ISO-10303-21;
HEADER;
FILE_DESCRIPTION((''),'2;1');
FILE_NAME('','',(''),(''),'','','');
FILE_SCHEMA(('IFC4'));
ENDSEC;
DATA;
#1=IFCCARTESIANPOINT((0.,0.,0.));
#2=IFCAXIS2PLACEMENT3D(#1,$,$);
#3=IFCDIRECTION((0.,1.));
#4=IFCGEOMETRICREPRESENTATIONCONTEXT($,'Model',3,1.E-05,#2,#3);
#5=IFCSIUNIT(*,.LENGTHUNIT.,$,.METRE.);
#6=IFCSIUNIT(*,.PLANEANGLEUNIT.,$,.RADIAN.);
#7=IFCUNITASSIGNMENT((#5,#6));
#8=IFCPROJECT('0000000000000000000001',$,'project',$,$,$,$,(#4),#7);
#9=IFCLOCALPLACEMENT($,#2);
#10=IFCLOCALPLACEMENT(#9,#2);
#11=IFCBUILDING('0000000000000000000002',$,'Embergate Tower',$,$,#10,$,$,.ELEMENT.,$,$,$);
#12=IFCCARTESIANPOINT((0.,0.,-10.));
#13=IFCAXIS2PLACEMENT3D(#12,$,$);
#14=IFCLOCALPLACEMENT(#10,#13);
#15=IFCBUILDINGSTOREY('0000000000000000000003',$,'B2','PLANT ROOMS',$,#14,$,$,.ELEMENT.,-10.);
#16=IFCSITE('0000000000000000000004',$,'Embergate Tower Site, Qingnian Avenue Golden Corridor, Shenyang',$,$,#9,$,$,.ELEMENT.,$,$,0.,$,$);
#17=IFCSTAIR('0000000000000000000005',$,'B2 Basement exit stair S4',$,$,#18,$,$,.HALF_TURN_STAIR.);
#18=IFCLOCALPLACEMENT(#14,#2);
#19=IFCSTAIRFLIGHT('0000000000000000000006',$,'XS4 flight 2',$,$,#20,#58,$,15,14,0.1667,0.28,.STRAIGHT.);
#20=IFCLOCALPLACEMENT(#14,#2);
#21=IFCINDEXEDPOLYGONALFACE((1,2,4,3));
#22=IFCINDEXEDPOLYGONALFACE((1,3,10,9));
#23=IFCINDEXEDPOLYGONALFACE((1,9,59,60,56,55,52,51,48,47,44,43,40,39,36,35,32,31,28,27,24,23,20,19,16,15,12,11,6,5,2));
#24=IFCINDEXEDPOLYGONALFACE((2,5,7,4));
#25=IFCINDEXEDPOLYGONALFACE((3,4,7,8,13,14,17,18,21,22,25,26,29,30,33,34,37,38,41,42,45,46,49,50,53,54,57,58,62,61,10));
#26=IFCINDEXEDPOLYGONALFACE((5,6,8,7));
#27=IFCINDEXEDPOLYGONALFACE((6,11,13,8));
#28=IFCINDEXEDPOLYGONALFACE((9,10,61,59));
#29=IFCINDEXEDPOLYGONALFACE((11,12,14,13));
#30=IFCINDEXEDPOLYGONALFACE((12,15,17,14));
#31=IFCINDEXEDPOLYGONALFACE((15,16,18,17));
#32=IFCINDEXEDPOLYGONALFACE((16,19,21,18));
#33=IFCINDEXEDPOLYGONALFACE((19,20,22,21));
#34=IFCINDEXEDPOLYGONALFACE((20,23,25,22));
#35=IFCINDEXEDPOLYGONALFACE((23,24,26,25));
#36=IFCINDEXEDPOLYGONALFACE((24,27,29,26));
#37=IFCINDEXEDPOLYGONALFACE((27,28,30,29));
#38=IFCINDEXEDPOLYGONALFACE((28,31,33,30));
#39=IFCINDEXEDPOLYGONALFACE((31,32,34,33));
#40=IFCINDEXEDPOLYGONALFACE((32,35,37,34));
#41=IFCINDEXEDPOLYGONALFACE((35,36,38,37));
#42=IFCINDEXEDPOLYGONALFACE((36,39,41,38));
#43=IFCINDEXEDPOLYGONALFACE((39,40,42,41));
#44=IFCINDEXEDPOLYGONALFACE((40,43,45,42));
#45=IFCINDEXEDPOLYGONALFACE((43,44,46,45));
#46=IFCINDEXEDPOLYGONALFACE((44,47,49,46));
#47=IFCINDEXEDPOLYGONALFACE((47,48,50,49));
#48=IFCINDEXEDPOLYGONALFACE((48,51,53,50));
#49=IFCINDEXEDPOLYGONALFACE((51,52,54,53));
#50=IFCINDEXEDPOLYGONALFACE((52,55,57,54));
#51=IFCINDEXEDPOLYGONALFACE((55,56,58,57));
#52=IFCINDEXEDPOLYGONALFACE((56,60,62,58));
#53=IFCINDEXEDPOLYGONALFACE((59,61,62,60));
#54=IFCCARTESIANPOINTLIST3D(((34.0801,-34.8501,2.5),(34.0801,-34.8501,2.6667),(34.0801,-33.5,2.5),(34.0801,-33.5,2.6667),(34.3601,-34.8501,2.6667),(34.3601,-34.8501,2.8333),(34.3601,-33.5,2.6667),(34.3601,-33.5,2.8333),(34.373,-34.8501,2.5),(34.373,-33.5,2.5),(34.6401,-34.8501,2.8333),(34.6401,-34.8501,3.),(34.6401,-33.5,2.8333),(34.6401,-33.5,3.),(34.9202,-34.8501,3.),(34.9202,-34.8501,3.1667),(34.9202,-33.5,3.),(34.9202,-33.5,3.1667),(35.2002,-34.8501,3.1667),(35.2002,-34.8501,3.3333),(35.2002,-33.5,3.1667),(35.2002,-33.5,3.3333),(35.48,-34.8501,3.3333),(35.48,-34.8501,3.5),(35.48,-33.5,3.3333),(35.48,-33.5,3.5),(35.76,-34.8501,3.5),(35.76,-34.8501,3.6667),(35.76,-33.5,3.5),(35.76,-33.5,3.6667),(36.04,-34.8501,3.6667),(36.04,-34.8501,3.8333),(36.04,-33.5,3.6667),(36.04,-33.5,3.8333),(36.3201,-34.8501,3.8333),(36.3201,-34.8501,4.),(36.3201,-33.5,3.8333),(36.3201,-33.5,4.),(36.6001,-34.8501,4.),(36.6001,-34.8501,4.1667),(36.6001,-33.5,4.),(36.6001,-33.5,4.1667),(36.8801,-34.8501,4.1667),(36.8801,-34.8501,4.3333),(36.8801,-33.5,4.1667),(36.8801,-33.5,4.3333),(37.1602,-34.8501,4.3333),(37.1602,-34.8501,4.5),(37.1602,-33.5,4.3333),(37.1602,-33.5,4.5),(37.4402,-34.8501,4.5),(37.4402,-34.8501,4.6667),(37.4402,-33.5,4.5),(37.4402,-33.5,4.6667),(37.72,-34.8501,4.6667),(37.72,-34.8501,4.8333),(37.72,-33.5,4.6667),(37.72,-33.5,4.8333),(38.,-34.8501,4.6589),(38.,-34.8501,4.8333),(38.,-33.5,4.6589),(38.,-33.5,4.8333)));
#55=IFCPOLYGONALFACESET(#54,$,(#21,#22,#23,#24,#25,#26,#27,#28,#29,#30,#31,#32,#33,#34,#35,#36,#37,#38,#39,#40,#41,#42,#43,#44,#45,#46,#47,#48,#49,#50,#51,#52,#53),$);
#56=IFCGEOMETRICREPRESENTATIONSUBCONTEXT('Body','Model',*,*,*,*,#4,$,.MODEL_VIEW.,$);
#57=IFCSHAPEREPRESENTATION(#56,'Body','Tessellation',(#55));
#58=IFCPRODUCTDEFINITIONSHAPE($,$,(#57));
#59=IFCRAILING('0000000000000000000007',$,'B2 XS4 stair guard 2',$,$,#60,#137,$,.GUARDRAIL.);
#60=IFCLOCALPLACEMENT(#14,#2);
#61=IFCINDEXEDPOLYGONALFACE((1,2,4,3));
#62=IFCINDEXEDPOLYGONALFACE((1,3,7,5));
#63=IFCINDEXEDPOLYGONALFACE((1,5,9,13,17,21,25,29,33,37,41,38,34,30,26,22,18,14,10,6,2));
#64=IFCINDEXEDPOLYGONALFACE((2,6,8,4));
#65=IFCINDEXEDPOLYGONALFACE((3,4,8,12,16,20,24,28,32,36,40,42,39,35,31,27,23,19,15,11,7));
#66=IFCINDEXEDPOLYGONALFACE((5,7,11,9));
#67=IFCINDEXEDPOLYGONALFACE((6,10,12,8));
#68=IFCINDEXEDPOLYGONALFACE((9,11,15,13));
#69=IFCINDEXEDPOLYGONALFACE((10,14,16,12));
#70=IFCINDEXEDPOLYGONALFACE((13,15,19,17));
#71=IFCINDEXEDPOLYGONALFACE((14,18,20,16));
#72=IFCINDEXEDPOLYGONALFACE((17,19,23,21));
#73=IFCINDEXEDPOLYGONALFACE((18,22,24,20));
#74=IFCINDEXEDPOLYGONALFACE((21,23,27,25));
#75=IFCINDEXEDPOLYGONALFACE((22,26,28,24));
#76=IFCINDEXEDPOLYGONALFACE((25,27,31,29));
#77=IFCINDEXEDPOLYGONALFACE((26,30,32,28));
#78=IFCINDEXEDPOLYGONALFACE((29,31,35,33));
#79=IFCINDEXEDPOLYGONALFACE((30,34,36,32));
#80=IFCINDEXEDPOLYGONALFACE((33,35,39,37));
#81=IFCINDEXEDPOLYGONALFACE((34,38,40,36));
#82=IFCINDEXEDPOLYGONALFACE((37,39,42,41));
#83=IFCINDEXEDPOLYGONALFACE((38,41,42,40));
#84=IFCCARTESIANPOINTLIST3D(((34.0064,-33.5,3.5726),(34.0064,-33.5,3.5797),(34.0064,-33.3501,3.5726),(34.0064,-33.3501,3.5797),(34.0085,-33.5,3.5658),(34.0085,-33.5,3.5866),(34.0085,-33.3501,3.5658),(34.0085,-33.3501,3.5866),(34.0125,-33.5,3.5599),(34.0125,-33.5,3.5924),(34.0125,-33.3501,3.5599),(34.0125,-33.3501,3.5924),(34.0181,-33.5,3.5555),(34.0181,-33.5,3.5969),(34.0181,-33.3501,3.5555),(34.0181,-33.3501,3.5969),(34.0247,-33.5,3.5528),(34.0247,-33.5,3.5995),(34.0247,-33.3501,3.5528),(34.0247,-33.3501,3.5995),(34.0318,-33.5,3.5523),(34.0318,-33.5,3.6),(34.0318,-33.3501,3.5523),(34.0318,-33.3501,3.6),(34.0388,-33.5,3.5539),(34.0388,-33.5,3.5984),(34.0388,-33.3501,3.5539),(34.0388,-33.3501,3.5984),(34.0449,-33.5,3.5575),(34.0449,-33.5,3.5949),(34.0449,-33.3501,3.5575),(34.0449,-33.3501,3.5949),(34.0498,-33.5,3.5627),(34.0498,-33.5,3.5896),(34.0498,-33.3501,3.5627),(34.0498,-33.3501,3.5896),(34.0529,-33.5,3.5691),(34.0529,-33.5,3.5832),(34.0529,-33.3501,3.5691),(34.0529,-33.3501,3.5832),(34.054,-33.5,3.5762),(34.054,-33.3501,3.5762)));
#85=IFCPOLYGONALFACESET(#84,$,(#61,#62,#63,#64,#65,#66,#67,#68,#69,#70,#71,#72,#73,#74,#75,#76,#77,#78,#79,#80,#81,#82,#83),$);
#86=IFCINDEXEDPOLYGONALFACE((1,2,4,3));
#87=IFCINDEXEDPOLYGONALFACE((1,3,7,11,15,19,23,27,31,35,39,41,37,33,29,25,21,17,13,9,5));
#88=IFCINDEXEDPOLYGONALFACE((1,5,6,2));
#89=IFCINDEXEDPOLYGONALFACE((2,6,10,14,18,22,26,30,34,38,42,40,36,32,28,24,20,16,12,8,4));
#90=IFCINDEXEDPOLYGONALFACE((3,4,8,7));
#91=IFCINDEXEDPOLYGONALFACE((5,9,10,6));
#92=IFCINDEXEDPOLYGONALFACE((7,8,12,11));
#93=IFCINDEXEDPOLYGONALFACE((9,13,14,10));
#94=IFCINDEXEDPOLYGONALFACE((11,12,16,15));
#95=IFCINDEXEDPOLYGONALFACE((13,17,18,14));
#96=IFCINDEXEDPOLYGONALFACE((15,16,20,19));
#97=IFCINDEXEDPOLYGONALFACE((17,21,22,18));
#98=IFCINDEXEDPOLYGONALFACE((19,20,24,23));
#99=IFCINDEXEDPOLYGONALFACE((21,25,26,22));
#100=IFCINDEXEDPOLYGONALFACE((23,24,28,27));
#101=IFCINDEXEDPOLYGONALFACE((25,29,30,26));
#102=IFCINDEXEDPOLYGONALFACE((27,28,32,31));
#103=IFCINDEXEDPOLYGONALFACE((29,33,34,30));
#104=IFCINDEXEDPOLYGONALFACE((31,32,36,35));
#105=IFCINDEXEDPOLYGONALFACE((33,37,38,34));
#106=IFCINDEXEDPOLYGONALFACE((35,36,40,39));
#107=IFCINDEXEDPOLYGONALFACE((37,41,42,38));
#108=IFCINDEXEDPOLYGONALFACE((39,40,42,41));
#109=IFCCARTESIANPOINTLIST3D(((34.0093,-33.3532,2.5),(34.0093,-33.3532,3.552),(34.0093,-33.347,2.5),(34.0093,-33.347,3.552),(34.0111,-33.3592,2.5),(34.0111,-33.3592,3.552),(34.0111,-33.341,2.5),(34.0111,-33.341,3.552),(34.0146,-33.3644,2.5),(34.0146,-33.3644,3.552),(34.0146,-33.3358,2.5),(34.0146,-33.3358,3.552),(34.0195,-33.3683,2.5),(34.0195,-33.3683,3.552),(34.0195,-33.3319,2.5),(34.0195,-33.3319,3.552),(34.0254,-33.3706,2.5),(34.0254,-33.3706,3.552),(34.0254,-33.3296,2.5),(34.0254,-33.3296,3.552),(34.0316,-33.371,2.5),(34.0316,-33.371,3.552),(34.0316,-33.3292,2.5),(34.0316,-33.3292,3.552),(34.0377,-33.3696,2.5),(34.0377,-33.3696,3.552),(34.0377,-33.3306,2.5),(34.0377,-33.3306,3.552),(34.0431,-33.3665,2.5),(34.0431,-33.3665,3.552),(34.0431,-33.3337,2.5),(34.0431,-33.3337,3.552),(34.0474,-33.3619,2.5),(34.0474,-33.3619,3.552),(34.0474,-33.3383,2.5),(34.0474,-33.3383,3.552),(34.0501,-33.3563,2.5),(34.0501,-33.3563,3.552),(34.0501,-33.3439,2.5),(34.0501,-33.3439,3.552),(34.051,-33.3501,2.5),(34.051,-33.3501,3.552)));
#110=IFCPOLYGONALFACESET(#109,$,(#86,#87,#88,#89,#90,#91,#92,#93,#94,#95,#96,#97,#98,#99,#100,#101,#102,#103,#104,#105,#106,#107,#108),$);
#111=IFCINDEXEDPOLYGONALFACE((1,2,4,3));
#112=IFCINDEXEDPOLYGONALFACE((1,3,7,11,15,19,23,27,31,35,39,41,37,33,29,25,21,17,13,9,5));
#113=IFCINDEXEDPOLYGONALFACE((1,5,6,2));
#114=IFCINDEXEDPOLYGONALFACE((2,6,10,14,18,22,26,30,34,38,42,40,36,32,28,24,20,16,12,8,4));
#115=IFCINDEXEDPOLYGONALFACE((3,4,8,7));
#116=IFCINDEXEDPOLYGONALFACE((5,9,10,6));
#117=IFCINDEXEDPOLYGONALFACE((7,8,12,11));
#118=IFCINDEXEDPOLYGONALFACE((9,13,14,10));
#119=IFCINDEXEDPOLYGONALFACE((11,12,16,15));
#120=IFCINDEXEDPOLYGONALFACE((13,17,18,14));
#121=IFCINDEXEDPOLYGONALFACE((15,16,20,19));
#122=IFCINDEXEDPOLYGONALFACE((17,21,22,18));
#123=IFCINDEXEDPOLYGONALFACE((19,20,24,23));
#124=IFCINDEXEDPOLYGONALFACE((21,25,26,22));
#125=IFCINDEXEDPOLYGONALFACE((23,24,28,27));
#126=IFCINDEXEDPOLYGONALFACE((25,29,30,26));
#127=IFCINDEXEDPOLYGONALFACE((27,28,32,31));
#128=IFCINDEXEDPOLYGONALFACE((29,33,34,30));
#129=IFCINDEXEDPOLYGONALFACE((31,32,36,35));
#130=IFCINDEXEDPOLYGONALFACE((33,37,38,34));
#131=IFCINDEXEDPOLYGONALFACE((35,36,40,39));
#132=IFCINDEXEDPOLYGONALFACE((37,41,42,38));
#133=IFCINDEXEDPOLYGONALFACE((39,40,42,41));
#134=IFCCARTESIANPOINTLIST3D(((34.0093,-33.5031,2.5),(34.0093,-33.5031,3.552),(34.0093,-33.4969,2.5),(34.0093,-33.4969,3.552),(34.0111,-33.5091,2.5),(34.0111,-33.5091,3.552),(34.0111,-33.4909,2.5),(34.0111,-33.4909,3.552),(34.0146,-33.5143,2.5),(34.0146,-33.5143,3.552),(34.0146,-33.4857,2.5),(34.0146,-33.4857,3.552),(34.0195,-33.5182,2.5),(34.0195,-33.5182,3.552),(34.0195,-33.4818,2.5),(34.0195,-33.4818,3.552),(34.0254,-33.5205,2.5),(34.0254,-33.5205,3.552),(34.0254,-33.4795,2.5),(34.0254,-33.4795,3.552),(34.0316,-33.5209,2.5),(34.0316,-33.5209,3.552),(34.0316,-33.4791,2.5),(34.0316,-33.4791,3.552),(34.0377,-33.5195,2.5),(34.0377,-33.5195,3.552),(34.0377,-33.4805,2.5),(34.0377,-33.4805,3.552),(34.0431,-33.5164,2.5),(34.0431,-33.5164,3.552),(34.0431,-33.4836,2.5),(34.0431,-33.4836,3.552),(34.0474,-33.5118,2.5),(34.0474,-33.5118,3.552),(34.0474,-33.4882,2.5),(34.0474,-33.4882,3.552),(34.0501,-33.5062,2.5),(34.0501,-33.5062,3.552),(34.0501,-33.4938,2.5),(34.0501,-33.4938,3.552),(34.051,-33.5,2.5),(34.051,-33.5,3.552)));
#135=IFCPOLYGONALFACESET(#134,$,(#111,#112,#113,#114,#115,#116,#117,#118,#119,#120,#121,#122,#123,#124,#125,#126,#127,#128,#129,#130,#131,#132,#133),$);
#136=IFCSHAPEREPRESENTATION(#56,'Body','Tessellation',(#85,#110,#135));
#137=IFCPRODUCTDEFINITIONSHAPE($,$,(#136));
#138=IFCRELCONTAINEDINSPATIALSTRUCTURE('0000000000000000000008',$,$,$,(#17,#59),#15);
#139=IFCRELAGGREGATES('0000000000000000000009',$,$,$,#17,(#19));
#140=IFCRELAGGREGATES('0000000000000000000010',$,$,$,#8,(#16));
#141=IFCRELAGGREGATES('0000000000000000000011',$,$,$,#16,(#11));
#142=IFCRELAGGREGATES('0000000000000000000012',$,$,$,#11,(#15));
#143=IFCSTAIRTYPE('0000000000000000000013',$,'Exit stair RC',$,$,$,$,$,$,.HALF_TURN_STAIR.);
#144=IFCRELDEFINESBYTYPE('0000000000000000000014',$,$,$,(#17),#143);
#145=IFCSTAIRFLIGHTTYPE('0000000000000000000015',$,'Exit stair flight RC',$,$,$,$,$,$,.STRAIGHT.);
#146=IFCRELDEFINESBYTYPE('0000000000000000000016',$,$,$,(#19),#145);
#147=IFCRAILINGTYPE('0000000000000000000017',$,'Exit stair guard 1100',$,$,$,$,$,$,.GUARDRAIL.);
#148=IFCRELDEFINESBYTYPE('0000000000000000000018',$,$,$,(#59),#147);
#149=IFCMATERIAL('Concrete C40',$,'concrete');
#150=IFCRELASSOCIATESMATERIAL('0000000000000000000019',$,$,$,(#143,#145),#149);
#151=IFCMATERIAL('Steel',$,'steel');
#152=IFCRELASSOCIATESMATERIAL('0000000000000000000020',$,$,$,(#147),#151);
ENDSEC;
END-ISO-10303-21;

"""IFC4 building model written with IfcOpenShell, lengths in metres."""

from ifc_helpers import new_model, si_unit, direction, frame, origin, origin_2d, place, context, subcontext, project, spatial, polyline, circle, outline, extrude, source, transform, mapped, material, type_object, element, aggregate, save


model = new_model("IFC4")

# Units and contexts
model_context = context("Model", 3, precision=1e-05, world=origin(), true_north=direction((0.0, 1.0)))
body_context = subcontext(model_context, "Body", "Model", "MODEL_VIEW")
ifc_project = project(units=[si_unit("LENGTHUNIT", "METRE"), si_unit("PLANEANGLEUNIT", "RADIAN")], contexts=[model_context])

# Site, building, storey
site_placement = place(None, origin())
site = spatial("IfcSite", under=ifc_project, at=site_placement, Name="Embergate Tower Site, Qingnian Avenue Golden Corridor, Shenyang", CompositionType="ELEMENT", RefElevation=0.0)
building_placement = place(site_placement, origin())
building = spatial("IfcBuilding", under=site, at=building_placement, Name="Embergate Tower", CompositionType="ELEMENT")
storey_placement = place(building_placement, frame((0.0, 0.0, -10.0)))
storey = spatial("IfcBuildingStorey", under=building, at=storey_placement, Name="B2", Description="PLANT ROOMS", CompositionType="ELEMENT", Elevation=-10.0)

# Shared definitions
ifc_material_1 = material(Name="Concrete C40", Category="concrete")

# Stair
stair_type = type_object("IfcStairType", Name="Exit stair RC", PredefinedType="HALF_TURN_STAIR", material=ifc_material_1)
stair_placement = place(storey_placement, origin())
stair = element("IfcStair", 1, at=stair_placement, inside=storey, type_object=stair_type, Name="B2 Basement exit stair S4", PredefinedType="HALF_TURN_STAIR")

# Stair flight
stair_flight_type = type_object("IfcStairFlightType", Name="Exit stair flight RC", PredefinedType="STRAIGHT", material=ifc_material_1)
shared_shape_1 = source(origin(), body_context, "Body", "SweptSolid", [
    extrude(outline(polyline([(0.0, 0.0), (0.0, 0.1667), (0.28, 0.1667), (0.28, 0.3333), (0.5601, 0.3333), (0.5601, 0.5), (0.8401, 0.5), (0.8401, 0.6667), (1.1201, 0.6667), (1.1201, 0.8333), (1.3999, 0.8333), (1.3999, 1.0), (1.6799, 1.0), (1.6799, 1.1667), (1.96, 1.1667), (1.96, 1.3333), (2.24, 1.3333), (2.24, 1.5), (2.52, 1.5), (2.52, 1.6667), (2.8, 1.6667), (2.8, 1.8333), (3.0801, 1.8333), (3.0801, 2.0), (3.3601, 2.0), (3.3601, 2.1667), (3.6399, 2.1667), (3.6399, 2.3333), (3.9199, 2.3333), (3.9199, 2.5), (3.9199, 2.1589), (0.293, 0.0), (0.0, 0.0)])), frame((0.0, 0.675, 0.0), z_axis=(0.0, -1.0, 0.0), x_axis=(1.0, 0.0, 0.0)), (0.0, 0.0, 1.0), 1.3501),
])
stair_flight_1_placement = place(storey_placement, frame((34.0801, -34.175, 2.5), z_axis=(0.0, 0.0, 1.0), x_axis=(1.0, 0.0, 0.0)))
stair_flight_1 = element("IfcStairFlight", 2, at=stair_flight_1_placement, type_object=stair_flight_type, Name="XS4 flight 2", NumberOfRisers=15, NumberOfTreads=14, PredefinedType="STRAIGHT", RiserHeight=0.1667, TreadLength=0.28, context=body_context, shape_type="MappedRepresentation", body=[
    mapped(shared_shape_1, transform((0.0, 0.0, 0.0))),
])
aggregate(stair, [stair_flight_1])

# Railing
ifc_material_2 = material(Name="Steel", Category="steel")
railing_type_1 = type_object("IfcRailingType", Name="Exit stair guard 1100", PredefinedType="GUARDRAIL", material=ifc_material_2)
shared_shape_2 = source(origin(), body_context, "Body", "SweptSolid", [
    extrude(circle(Radius=0.0239, at=origin_2d()), frame((0.0, 0.0, 1.0762), z_axis=(0.0, -1.0, 0.0), x_axis=(1.0, 0.0, 0.0)), (0.0, 0.0, 1.0), 0.1499),
    extrude(circle(Radius=0.021, at=origin_2d()), origin(), (0.0, 0.0, 1.0), 1.052),
    extrude(circle(Radius=0.021, at=origin_2d()), frame((0.0, -0.1499, 0.0)), (0.0, 0.0, 1.0), 1.052),
])
for number, where, name in (
    (3, (34.03, -33.3501, 2.5), "B2 XS4 stair guard 2"),
):
    element("IfcRailing", number, at=place(storey_placement, frame(where)), inside=storey, type_object=railing_type_1, Name=name, PredefinedType="GUARDRAIL", context=body_context, shape_type="MappedRepresentation", body=[
        mapped(shared_shape_2, transform((0.0, 0.0, 0.0))),
    ])

save(model, "model.ifc")
